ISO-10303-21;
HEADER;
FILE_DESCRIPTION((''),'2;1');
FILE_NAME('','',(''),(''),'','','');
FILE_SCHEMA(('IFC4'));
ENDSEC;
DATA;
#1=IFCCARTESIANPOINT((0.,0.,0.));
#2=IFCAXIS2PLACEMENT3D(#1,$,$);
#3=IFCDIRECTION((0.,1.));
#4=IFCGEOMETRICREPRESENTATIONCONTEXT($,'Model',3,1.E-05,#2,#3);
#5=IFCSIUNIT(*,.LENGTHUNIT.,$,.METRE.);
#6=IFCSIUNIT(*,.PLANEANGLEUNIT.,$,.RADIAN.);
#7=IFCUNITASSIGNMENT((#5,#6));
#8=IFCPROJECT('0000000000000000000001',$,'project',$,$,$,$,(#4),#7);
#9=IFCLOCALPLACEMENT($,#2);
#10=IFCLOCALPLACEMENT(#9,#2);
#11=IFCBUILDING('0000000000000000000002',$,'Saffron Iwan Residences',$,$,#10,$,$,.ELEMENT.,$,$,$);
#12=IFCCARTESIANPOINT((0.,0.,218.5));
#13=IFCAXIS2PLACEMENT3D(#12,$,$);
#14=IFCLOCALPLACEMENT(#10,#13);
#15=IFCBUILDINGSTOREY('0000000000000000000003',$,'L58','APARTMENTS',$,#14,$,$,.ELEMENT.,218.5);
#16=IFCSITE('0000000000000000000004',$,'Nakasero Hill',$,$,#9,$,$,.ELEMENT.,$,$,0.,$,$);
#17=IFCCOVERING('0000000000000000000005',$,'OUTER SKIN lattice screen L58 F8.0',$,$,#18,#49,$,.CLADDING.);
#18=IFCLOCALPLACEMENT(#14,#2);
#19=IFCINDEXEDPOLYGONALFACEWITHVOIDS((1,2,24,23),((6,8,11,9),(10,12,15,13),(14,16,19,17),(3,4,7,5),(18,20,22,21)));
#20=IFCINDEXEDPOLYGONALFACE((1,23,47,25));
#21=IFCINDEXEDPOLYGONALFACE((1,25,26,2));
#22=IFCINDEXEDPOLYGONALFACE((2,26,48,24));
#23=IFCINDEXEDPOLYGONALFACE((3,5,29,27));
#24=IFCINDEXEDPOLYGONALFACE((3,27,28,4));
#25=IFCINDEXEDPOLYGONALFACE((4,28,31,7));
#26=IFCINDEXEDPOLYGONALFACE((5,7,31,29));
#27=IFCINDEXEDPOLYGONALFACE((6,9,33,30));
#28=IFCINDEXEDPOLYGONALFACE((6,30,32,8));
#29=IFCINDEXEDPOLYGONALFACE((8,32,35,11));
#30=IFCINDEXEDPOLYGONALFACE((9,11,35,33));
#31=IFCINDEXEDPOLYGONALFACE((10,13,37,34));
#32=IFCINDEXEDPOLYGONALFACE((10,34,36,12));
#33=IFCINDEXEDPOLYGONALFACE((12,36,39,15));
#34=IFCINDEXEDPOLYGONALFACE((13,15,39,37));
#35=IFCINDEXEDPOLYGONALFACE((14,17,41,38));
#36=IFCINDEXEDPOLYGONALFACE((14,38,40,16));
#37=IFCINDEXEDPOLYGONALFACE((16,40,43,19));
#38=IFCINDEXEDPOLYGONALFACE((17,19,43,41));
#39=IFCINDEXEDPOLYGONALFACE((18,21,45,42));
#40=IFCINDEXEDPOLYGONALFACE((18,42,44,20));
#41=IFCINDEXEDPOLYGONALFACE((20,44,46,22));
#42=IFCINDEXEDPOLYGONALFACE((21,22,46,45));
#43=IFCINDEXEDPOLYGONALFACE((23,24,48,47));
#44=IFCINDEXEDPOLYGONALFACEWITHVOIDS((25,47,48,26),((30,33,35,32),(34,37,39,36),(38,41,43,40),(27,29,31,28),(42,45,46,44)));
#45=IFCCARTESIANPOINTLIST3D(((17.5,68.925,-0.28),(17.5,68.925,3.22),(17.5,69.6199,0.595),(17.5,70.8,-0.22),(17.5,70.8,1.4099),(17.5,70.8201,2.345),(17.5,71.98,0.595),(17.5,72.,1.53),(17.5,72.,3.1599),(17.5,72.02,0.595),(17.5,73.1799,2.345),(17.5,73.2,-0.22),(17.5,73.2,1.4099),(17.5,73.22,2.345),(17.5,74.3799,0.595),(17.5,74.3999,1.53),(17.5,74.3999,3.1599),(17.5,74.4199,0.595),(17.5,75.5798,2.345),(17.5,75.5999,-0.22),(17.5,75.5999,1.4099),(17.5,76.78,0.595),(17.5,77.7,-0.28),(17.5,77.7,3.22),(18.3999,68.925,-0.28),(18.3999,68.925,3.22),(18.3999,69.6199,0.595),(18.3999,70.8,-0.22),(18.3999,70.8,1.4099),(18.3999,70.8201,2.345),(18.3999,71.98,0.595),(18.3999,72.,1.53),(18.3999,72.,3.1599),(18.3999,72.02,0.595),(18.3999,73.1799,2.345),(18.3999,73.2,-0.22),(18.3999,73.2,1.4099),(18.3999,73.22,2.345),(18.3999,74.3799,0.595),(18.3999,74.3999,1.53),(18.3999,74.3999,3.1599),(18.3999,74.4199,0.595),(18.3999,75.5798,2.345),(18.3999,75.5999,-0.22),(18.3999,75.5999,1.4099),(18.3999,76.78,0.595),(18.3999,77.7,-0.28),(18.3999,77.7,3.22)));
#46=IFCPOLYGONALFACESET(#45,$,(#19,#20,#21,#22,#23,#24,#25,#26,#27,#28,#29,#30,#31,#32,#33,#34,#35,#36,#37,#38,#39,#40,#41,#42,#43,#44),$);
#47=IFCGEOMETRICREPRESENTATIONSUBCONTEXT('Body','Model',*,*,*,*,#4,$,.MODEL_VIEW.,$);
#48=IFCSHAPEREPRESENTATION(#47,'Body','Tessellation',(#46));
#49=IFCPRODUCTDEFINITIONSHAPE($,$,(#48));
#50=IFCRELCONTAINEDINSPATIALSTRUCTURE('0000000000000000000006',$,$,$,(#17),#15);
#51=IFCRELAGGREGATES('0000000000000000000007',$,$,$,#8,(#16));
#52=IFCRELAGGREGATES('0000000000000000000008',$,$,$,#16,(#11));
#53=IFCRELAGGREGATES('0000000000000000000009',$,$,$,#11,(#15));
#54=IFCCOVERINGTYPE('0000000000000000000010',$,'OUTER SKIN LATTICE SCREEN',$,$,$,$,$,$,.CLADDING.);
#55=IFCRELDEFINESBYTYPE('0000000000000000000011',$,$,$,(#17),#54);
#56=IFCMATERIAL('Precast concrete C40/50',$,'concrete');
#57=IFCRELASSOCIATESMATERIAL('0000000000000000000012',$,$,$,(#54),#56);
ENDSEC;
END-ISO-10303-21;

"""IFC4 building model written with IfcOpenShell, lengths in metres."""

from ifc_helpers import new_model, si_unit, direction, frame, origin, place, context, subcontext, project, spatial, polyline, outline, extrude, material, type_object, element, save


model = new_model("IFC4")

# Units and contexts
model_context = context("Model", 3, precision=1e-05, world=origin(), true_north=direction((0.0, 1.0)))
body_context = subcontext(model_context, "Body", "Model", "MODEL_VIEW")
ifc_project = project(units=[si_unit("LENGTHUNIT", "METRE"), si_unit("PLANEANGLEUNIT", "RADIAN")], contexts=[model_context])

# Site, building, storey
site_placement = place(None, origin())
site = spatial("IfcSite", under=ifc_project, at=site_placement, Name="Nakasero Hill", CompositionType="ELEMENT", RefElevation=0.0)
building_placement = place(site_placement, origin())
building = spatial("IfcBuilding", under=site, at=building_placement, Name="Saffron Iwan Residences", CompositionType="ELEMENT")
storey_placement = place(building_placement, frame((0.0, 0.0, 218.5)))
storey = spatial("IfcBuildingStorey", under=building, at=storey_placement, Name="L58", Description="APARTMENTS", CompositionType="ELEMENT", Elevation=218.5)

# Covering
ifc_material_1 = material(Name="Precast concrete C40/50", Category="concrete")
covering_type = type_object("IfcCoveringType", Name="OUTER SKIN LATTICE SCREEN", PredefinedType="CLADDING", material=ifc_material_1)
covering_1_placement = place(storey_placement, frame((18.3999, 77.7, -0.28), z_axis=(-1.0, 0.0, 0.0), x_axis=(0.0, -1.0, 0.0)))
element("IfcCovering", 1, at=covering_1_placement, inside=storey, type_object=covering_type, Name="OUTER SKIN lattice screen L58 F8.0", PredefinedType="CLADDING", context=body_context, shape_type="SweptSolid", body=[
    extrude(outline(polyline([(0.0, 0.0), (8.7749, 0.0), (8.7749, 3.5), (0.0, 3.5), (0.0, 0.0)]), holes=[polyline([(0.9199, 0.875), (2.1001, 0.0601), (3.28, 0.875), (2.1001, 1.6899), (0.9199, 0.875)]), polyline([(3.3201, 0.875), (4.5, 0.0601), (5.6799, 0.875), (4.5, 1.6899), (3.3201, 0.875)]), polyline([(5.72, 0.875), (6.8999, 0.0601), (8.0801, 0.875), (6.8999, 1.6899), (5.72, 0.875)]), polyline([(2.1201, 2.625), (3.3, 1.8101), (4.48, 2.625), (3.3, 3.4399), (2.1201, 2.625)]), polyline([(4.52, 2.625), (5.7, 1.8101), (6.8799, 2.625), (5.7, 3.4399), (4.52, 2.625)])]), origin(), (0.0, 0.0, 1.0), 0.8999),
])

save(model, "model.ifc")
